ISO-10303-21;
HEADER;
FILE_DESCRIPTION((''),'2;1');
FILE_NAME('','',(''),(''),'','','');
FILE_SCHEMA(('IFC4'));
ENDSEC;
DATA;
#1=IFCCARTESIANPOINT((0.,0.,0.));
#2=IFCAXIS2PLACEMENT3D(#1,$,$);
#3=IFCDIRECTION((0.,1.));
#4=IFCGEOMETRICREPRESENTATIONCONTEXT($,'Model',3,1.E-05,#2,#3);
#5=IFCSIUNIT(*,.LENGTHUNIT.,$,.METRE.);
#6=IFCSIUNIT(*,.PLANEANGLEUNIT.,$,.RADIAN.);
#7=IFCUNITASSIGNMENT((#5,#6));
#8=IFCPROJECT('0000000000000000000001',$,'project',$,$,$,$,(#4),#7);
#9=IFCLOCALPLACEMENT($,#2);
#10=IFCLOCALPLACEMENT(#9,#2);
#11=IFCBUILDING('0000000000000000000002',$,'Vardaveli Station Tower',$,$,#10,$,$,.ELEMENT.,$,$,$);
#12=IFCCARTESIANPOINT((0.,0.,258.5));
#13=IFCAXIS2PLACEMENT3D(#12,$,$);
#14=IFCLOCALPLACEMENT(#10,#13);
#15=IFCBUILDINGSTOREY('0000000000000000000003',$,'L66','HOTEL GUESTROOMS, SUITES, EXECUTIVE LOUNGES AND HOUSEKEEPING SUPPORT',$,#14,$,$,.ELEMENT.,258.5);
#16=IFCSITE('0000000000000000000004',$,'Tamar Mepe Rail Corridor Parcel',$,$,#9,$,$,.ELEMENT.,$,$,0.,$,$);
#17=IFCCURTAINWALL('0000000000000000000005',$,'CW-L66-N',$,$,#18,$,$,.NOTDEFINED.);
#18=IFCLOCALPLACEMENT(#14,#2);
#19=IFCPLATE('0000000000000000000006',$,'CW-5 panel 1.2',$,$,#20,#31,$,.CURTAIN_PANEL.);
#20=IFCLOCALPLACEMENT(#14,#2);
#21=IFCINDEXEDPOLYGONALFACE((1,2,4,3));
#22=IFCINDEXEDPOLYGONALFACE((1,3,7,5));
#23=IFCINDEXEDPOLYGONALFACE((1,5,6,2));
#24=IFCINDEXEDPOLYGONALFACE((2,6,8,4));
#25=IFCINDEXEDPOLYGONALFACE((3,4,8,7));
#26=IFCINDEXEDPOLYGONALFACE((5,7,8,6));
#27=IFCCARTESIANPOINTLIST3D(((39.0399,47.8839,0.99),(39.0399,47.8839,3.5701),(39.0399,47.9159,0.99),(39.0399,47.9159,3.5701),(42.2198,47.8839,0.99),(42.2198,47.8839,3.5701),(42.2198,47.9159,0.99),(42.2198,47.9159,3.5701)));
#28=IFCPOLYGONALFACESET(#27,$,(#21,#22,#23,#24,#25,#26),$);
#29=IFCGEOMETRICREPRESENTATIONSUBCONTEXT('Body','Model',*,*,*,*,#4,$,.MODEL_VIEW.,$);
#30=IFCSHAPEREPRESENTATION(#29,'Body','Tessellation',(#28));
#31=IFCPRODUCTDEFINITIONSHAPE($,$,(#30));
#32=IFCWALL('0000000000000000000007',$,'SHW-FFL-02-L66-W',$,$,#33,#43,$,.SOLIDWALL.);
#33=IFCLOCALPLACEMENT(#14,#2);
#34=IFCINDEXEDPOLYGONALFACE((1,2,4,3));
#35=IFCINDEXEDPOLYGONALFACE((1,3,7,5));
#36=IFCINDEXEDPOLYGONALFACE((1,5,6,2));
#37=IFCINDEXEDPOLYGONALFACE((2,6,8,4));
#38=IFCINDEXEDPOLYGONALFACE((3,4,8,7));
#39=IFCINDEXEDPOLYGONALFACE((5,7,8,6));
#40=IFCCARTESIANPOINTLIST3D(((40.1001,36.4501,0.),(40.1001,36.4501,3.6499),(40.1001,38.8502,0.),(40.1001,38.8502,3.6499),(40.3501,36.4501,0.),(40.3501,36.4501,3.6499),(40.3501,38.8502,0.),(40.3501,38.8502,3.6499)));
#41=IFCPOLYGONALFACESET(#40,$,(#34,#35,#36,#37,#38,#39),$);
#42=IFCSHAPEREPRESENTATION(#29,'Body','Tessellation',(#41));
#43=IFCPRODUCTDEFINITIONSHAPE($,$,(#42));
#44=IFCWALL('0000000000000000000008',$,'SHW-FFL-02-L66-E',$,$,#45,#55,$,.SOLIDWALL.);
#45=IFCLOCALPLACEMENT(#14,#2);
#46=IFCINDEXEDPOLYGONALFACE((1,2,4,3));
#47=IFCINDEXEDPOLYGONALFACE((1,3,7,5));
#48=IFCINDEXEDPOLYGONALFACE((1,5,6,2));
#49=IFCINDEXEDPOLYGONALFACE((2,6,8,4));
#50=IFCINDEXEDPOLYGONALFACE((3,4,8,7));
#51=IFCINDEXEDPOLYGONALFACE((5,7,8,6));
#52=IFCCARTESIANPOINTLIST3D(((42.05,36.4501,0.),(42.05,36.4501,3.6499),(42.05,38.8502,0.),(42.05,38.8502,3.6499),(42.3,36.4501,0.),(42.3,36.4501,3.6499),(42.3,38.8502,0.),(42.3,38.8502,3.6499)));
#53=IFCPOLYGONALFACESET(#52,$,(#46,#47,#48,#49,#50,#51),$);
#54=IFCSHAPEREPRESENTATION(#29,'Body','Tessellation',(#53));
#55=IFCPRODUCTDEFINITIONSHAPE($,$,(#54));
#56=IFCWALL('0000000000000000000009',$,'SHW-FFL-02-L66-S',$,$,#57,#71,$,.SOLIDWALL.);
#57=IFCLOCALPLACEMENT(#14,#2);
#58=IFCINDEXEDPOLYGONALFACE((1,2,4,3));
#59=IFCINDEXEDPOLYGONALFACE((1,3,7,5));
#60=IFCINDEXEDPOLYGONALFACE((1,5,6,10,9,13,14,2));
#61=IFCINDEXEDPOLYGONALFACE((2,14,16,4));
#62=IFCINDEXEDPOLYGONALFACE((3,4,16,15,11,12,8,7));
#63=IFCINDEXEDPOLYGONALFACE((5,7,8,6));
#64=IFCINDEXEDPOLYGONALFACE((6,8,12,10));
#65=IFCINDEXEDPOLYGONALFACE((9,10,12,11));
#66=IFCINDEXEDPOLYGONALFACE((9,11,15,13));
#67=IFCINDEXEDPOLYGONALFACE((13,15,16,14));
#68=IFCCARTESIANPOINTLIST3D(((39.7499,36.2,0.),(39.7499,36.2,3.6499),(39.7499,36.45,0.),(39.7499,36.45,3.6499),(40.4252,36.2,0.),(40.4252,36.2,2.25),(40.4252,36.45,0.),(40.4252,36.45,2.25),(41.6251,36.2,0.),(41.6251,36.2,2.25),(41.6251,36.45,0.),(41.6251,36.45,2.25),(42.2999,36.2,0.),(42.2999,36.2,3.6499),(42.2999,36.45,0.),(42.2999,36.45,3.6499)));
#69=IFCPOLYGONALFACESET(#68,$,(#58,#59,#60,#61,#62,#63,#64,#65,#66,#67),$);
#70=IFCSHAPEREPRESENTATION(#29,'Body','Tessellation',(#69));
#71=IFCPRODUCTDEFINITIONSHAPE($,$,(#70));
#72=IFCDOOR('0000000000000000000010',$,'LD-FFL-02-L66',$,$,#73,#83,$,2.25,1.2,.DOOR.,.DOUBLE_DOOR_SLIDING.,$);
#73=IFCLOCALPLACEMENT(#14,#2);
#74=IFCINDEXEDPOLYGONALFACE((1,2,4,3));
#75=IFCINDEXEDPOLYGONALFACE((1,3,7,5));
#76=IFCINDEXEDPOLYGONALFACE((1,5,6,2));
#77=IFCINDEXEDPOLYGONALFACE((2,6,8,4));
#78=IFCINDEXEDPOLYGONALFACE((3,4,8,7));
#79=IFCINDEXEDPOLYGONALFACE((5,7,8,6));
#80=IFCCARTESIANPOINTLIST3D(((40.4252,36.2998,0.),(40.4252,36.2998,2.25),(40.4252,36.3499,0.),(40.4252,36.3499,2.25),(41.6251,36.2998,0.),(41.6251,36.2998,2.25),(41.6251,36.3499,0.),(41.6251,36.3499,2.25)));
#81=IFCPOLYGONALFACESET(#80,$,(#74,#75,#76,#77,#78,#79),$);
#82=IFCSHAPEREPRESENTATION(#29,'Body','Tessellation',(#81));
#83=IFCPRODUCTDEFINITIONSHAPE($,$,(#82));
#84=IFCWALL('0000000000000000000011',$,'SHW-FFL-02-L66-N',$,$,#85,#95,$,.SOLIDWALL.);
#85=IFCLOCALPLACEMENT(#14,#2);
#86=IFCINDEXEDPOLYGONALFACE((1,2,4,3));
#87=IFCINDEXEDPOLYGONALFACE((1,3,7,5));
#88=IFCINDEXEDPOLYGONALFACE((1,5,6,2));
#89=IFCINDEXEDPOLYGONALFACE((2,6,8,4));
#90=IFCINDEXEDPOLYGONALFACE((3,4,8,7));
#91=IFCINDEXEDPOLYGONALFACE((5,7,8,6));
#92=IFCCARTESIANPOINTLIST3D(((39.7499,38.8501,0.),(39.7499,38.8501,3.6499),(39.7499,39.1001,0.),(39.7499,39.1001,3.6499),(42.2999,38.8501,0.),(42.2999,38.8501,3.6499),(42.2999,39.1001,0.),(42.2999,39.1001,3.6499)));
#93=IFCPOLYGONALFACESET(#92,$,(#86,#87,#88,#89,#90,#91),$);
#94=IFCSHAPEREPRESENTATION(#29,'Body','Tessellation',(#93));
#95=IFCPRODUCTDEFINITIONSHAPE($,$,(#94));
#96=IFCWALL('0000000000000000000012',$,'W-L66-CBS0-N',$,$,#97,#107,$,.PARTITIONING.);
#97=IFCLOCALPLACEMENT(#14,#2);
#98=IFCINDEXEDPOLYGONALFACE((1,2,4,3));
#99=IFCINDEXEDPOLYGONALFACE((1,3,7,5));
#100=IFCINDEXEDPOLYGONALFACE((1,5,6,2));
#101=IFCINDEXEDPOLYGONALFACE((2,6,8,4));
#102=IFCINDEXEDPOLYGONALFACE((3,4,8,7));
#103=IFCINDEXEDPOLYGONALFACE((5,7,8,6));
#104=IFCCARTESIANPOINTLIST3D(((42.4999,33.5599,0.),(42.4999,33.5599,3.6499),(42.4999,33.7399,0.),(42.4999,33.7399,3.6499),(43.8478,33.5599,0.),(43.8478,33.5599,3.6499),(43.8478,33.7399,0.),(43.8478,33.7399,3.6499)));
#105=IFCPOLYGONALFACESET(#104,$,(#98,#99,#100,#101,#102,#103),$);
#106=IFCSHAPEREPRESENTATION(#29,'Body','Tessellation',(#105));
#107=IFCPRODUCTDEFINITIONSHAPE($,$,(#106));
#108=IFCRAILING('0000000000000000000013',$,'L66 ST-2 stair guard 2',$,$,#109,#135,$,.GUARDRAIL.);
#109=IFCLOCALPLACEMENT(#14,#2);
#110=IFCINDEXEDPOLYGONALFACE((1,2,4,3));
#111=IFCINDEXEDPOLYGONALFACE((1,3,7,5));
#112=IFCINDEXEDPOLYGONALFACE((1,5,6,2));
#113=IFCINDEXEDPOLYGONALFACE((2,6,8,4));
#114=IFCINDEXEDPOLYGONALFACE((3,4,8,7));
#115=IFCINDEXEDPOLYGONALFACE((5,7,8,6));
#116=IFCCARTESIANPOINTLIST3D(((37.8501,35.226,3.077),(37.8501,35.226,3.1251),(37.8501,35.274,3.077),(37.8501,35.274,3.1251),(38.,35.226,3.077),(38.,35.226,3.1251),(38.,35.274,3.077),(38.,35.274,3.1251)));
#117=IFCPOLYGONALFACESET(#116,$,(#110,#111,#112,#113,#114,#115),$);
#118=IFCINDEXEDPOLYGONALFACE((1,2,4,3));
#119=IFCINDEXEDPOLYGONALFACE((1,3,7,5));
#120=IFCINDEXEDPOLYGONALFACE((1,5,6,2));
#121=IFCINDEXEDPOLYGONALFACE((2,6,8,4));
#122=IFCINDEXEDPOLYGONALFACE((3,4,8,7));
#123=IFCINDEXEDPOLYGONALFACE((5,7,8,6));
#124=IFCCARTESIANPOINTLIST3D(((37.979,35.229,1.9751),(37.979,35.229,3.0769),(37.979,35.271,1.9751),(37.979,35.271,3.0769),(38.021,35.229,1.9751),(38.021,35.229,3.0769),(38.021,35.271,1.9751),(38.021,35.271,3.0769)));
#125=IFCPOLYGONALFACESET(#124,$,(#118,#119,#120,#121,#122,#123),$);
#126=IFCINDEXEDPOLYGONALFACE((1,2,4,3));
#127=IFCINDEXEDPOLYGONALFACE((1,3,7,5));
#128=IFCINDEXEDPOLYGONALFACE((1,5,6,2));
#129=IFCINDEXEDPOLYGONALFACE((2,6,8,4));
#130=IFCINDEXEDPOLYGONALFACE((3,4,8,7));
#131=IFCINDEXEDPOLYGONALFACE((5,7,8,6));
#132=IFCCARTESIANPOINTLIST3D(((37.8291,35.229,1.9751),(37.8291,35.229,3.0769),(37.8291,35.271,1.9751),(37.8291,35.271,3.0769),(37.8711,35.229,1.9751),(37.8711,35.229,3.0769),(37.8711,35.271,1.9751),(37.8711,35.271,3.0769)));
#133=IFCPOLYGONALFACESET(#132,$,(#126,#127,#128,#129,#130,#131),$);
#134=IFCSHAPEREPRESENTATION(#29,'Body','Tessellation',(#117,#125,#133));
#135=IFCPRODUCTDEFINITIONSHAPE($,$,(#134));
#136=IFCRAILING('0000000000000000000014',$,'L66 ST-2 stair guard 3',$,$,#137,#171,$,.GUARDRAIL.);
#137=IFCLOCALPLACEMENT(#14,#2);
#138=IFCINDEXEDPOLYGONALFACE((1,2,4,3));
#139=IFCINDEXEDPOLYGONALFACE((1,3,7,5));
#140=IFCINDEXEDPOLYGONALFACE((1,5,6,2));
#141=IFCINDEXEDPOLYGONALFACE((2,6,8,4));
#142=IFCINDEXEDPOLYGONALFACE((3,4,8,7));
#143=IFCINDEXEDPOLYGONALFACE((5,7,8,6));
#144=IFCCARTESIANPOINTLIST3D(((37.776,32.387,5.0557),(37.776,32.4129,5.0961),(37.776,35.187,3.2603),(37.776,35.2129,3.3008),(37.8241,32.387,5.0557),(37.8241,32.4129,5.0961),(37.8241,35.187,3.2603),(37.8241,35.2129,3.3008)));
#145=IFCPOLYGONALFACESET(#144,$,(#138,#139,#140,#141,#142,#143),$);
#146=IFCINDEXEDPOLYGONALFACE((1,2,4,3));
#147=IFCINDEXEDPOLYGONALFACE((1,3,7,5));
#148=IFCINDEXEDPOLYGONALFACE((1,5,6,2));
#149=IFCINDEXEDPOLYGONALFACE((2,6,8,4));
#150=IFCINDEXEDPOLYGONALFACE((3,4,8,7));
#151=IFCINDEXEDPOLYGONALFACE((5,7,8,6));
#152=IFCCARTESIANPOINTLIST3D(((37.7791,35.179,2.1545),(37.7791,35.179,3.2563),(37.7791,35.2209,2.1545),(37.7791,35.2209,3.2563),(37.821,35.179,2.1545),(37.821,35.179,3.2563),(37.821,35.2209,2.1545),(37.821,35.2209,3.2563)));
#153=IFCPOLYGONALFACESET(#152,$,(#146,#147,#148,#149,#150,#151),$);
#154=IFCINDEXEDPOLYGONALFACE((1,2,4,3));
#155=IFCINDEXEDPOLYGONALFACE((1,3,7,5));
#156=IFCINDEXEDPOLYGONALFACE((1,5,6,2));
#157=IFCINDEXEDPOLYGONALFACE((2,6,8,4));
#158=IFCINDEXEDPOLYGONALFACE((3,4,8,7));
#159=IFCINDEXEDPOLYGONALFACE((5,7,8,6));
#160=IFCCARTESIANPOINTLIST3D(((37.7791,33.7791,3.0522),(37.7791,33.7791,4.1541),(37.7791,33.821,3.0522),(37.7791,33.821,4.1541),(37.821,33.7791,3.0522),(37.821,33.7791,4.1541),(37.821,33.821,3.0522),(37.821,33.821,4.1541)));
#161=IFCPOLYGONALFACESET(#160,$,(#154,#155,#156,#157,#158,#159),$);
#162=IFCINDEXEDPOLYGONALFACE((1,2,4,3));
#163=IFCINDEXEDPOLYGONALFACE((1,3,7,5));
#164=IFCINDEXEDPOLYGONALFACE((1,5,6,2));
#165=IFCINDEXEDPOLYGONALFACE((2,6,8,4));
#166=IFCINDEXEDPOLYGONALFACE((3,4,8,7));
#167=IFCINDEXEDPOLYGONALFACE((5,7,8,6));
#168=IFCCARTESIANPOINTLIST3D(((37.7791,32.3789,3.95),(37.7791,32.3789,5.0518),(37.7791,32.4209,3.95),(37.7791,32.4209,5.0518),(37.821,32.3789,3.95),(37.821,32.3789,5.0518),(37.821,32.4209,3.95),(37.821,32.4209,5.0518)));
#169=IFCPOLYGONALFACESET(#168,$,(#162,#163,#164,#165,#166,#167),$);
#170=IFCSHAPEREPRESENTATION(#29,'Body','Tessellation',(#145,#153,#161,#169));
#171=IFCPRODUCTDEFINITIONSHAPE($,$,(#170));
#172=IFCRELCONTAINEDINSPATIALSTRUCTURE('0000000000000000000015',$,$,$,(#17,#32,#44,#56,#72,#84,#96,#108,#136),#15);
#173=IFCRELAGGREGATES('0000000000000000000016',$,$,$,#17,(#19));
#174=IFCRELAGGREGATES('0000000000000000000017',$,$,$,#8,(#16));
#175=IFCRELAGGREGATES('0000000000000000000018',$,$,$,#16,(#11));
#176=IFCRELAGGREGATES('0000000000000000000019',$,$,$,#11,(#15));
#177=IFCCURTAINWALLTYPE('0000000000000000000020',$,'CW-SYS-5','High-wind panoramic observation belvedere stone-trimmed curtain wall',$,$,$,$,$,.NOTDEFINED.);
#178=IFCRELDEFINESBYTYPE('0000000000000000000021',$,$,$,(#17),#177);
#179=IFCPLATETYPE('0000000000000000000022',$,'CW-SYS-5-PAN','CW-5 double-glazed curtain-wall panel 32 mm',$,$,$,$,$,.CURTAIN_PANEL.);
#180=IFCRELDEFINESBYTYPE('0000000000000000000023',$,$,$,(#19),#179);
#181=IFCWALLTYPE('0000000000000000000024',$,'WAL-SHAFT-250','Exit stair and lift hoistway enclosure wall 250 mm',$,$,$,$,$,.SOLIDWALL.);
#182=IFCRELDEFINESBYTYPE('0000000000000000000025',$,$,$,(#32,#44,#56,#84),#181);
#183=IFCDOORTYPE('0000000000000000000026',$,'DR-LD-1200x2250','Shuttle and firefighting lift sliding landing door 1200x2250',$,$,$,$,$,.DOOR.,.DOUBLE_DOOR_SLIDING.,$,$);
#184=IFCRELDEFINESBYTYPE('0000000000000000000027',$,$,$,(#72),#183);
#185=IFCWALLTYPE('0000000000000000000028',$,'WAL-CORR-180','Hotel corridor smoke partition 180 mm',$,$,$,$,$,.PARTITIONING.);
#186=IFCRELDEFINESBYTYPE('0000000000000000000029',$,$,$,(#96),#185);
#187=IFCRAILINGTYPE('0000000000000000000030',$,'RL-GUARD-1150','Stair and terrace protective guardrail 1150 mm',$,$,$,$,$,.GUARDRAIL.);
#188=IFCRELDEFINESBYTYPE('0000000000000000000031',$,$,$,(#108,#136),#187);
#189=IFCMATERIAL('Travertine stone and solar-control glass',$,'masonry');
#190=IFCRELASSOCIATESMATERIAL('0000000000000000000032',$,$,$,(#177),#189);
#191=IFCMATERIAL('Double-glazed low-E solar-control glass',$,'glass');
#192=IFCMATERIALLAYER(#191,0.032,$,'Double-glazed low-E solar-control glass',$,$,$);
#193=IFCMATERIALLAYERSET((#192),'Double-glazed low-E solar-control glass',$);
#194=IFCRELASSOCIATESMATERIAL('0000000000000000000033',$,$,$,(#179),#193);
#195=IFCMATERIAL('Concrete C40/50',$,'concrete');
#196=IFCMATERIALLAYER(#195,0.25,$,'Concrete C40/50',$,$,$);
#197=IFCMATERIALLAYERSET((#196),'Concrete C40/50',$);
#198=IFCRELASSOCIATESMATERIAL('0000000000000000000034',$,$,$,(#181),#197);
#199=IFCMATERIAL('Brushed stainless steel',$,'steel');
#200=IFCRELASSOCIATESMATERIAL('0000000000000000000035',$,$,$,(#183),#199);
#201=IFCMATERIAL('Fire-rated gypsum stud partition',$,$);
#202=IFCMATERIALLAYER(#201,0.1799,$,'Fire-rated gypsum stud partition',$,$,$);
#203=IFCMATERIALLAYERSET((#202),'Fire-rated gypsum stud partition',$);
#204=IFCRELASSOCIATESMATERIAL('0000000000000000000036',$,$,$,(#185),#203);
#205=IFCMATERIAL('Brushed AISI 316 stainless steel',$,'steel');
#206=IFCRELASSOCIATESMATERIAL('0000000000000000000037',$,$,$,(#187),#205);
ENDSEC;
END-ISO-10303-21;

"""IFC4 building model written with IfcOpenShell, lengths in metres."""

from ifc_helpers import new_model, si_unit, direction, frame, frame_2d, origin, origin_2d, place, context, subcontext, project, spatial, rectangle, extrude, source, transform, mapped, material, layer, layer_set, type_object, element, fill, aggregate, save


model = new_model("IFC4")

# Units and contexts
model_context = context("Model", 3, precision=1e-05, world=origin(), true_north=direction((0.0, 1.0)))
body_context = subcontext(model_context, "Body", "Model", "MODEL_VIEW")
ifc_project = project(units=[si_unit("LENGTHUNIT", "METRE"), si_unit("PLANEANGLEUNIT", "RADIAN")], contexts=[model_context])

# Site, building, storey
site_placement = place(None, origin())
site = spatial("IfcSite", under=ifc_project, at=site_placement, Name="Tamar Mepe Rail Corridor Parcel", CompositionType="ELEMENT", RefElevation=0.0)
building_placement = place(site_placement, origin())
building = spatial("IfcBuilding", under=site, at=building_placement, Name="Vardaveli Station Tower", CompositionType="ELEMENT")
storey_placement = place(building_placement, frame((0.0, 0.0, 258.5)))
storey = spatial("IfcBuildingStorey", under=building, at=storey_placement, Name="L66", Description="HOTEL GUESTROOMS, SUITES, EXECUTIVE LOUNGES AND HOUSEKEEPING SUPPORT", CompositionType="ELEMENT", Elevation=258.5)

# Curtain wall, plate
ifc_material_1 = material(Name="Travertine stone and solar-control glass", Category="masonry")
curtain_wall_type = type_object("IfcCurtainWallType", Name="CW-SYS-5", Description="High-wind panoramic observation belvedere stone-trimmed curtain wall", PredefinedType="NOTDEFINED", material=ifc_material_1)
curtain_wall_placement = place(storey_placement, origin())
curtain_wall = element("IfcCurtainWall", 1, at=curtain_wall_placement, inside=storey, type_object=curtain_wall_type, Name="CW-L66-N", PredefinedType="NOTDEFINED")
ifc_material_2 = material(Name="Double-glazed low-E solar-control glass", Category="glass")
ifc_layer_1 = layer(ifc_material_2, 0.032, Name="Double-glazed low-E solar-control glass")
ifc_layer_set_1 = layer_set([ifc_layer_1], Name="Double-glazed low-E solar-control glass")
plate_type = type_object("IfcPlateType", Name="CW-SYS-5-PAN", Description="CW-5 double-glazed curtain-wall panel 32 mm", PredefinedType="CURTAIN_PANEL", material=ifc_layer_set_1)
shared_shape_1 = source(origin(), body_context, "Body", "SweptSolid", [
    extrude(rectangle(XDim=3.1799, YDim=0.032, at=origin_2d()), origin(), (0.0, 0.0, 1.0), 2.5801),
])
plate_1_placement = place(storey_placement, frame((40.6299, 47.8999, 0.99), z_axis=(0.0, 0.0, 1.0), x_axis=(-1.0, 0.0, 0.0)))
plate_1 = element("IfcPlate", 2, at=plate_1_placement, type_object=plate_type, Name="CW-5 panel 1.2", PredefinedType="CURTAIN_PANEL", context=body_context, shape_type="MappedRepresentation", body=[
    mapped(shared_shape_1, transform((0.0, 0.0, 0.0), scale=1.0)),
])
aggregate(curtain_wall, [plate_1])

# Walls
ifc_material_3 = material(Name="Concrete C40/50", Category="concrete")
ifc_layer_2 = layer(ifc_material_3, 0.25, Name="Concrete C40/50")
ifc_layer_set_2 = layer_set([ifc_layer_2], Name="Concrete C40/50")
wall_type_1 = type_object("IfcWallType", Name="WAL-SHAFT-250", Description="Exit stair and lift hoistway enclosure wall 250 mm", PredefinedType="SOLIDWALL", material=ifc_layer_set_2)
shared_shape_2 = source(origin(), body_context, "Body", "SweptSolid", [
    extrude(rectangle(XDim=2.4001, YDim=0.25, at=frame_2d((1.2002, 0.0))), origin(), (0.0, 0.0, 1.0), 3.6499),
])
for number, where, z_axis, x_axis, name in (
    (3, (40.2251, 36.45, 0.0), (0.0, 0.0, 1.0), (0.0, 1.0, 0.0), "SHW-FFL-02-L66-W"),
    (4, (42.175, 36.45, 0.0), (0.0, 0.0, 1.0), (0.0, 1.0, 0.0), "SHW-FFL-02-L66-E"),
):
    element("IfcWall", number, at=place(storey_placement, frame(where, z_axis=z_axis, x_axis=x_axis)), inside=storey, type_object=wall_type_1, Name=name, PredefinedType="SOLIDWALL", context=body_context, shape_type="MappedRepresentation", body=[
        mapped(shared_shape_2, transform((0.0, 0.0, 0.0), scale=1.0)),
    ])

# Wall, opening, door
shared_shape_3 = source(origin(), body_context, "Body", "SweptSolid", [
    extrude(rectangle(XDim=2.55, YDim=0.25, at=frame_2d((1.2749, 0.0))), origin(), (0.0, 0.0, 1.0), 3.6499),
])
wall_1_placement = place(storey_placement, frame((39.75, 36.325, 0.0), z_axis=(0.0, 0.0, 1.0), x_axis=(1.0, 0.0, 0.0)))
wall_1 = element("IfcWall", 5, at=wall_1_placement, inside=storey, type_object=wall_type_1, Name="SHW-FFL-02-L66-S", PredefinedType="SOLIDWALL", context=body_context, shape_type="MappedRepresentation", body=[
    mapped(shared_shape_3, transform((0.0, 0.0, 0.0), scale=1.0)),
])
shared_shape_4 = source(origin(), body_context, "Body", "SweptSolid", [
    extrude(rectangle(XDim=1.2, YDim=2.25, at=frame_2d((0.6001, 1.125))), frame((0.0, 0.135, 0.0), z_axis=(0.0, -1.0, 0.0), x_axis=(1.0, 0.0, 0.0)), (0.0, 0.0, 1.0), 0.27),
])
opening_placement = place(wall_1_placement, frame((0.675, 0.0, 0.0)))
opening = element("IfcOpeningElement", 6, at=opening_placement, cuts=wall_1, PredefinedType="OPENING", context=body_context, shape_type="MappedRepresentation", body=[
    mapped(shared_shape_4, transform((0.0, 0.0, 0.0), scale=1.0)),
])
ifc_material_4 = material(Name="Brushed stainless steel", Category="steel")
door_type = type_object("IfcDoorType", Name="DR-LD-1200x2250", Description="Shuttle and firefighting lift sliding landing door 1200x2250", OperationType="DOUBLE_DOOR_SLIDING", PredefinedType="DOOR", material=ifc_material_4)
shared_shape_5 = source(origin(), body_context, "Body", "SweptSolid", [
    extrude(rectangle(XDim=1.2, YDim=2.25, at=frame_2d((0.6001, 1.125))), frame((0.0, 0.0249, 0.0), z_axis=(0.0, -1.0, 0.0), x_axis=(1.0, 0.0, 0.0)), (0.0, 0.0, 1.0), 0.05),
])
door_placement = place(opening_placement, origin())
door = element("IfcDoor", 7, at=door_placement, inside=storey, type_object=door_type, Name="LD-FFL-02-L66", OperationType="DOUBLE_DOOR_SLIDING", OverallHeight=2.25, OverallWidth=1.2, PredefinedType="DOOR", context=body_context, shape_type="MappedRepresentation", body=[
    mapped(shared_shape_5, transform((0.0, 0.0, 0.0), scale=1.0)),
])
fill(opening, door)

# Walls
wall_2_placement = place(storey_placement, frame((39.75, 38.9751, 0.0), z_axis=(0.0, 0.0, 1.0), x_axis=(1.0, 0.0, 0.0)))
element("IfcWall", 8, at=wall_2_placement, inside=storey, type_object=wall_type_1, Name="SHW-FFL-02-L66-N", PredefinedType="SOLIDWALL", context=body_context, shape_type="MappedRepresentation", body=[
    mapped(shared_shape_3, transform((0.0, 0.0, 0.0), scale=1.0)),
])
ifc_material_5 = material(Name="Fire-rated gypsum stud partition")
ifc_layer_3 = layer(ifc_material_5, 0.1799, Name="Fire-rated gypsum stud partition")
ifc_layer_set_3 = layer_set([ifc_layer_3], Name="Fire-rated gypsum stud partition")
wall_type_2 = type_object("IfcWallType", Name="WAL-CORR-180", Description="Hotel corridor smoke partition 180 mm", PredefinedType="PARTITIONING", material=ifc_layer_set_3)
shared_shape_6 = source(origin(), body_context, "Body", "SweptSolid", [
    extrude(rectangle(XDim=1.3479, YDim=0.1799, at=frame_2d((0.6738, 0.0))), origin(), (0.0, 0.0, 1.0), 3.6499),
])
wall_3_placement = place(storey_placement, frame((42.5, 33.6499, 0.0), z_axis=(0.0, 0.0, 1.0), x_axis=(1.0, 0.0, 0.0)))
element("IfcWall", 9, at=wall_3_placement, inside=storey, type_object=wall_type_2, Name="W-L66-CBS0-N", PredefinedType="PARTITIONING", context=body_context, shape_type="MappedRepresentation", body=[
    mapped(shared_shape_6, transform((0.0, 0.0, 0.0), scale=1.0)),
])

# Railings
ifc_material_6 = material(Name="Brushed AISI 316 stainless steel", Category="steel")
railing_type_1 = type_object("IfcRailingType", Name="RL-GUARD-1150", Description="Stair and terrace protective guardrail 1150 mm", PredefinedType="GUARDRAIL", material=ifc_material_6)
shared_shape_7 = source(origin(), body_context, "Body", "SweptSolid", [
    extrude(rectangle(XDim=0.0481, YDim=0.0481, at=origin_2d()), frame((0.0, 0.0, 1.126), z_axis=(-1.0, 0.0, 0.0), x_axis=(0.0, -1.0, 0.0)), (0.0, 0.0, 1.0), 0.1499),
    extrude(rectangle(XDim=0.042, YDim=0.042, at=origin_2d()), origin(), (0.0, 0.0, 1.0), 1.1018),
    extrude(rectangle(XDim=0.042, YDim=0.042, at=origin_2d()), frame((-0.1499, 0.0, 0.0)), (0.0, 0.0, 1.0), 1.1018),
])
railing_1_placement = place(storey_placement, frame((38.0, 35.25, 1.9751)))
element("IfcRailing", 10, at=railing_1_placement, inside=storey, type_object=railing_type_1, Name="L66 ST-2 stair guard 2", PredefinedType="GUARDRAIL", context=body_context, shape_type="MappedRepresentation", body=[
    mapped(shared_shape_7, transform((0.0, 0.0, 0.0), scale=1.0)),
])
shared_shape_8 = source(origin(), body_context, "Body", "SweptSolid", [
    extrude(rectangle(XDim=0.0481, YDim=0.0481, at=origin_2d()), frame((0.0, 0.0, 1.126), z_axis=(0.0, -0.84181, 0.539774), x_axis=(1.0, 0.0, 0.0)), (0.0, 0.0, 1.0), 3.3262),
    extrude(rectangle(XDim=0.042, YDim=0.042, at=origin_2d()), origin(), (0.0, 0.0, 1.0), 1.1018),
    extrude(rectangle(XDim=0.042, YDim=0.042, at=origin_2d()), frame((0.0, -1.3999, 0.8977)), (0.0, 0.0, 1.0), 1.1018),
    extrude(rectangle(XDim=0.042, YDim=0.042, at=origin_2d()), frame((0.0, -2.8, 1.7954)), (0.0, 0.0, 1.0), 1.1018),
])
railing_2_placement = place(storey_placement, frame((37.8, 35.2, 2.1545)))
element("IfcRailing", 11, at=railing_2_placement, inside=storey, type_object=railing_type_1, Name="L66 ST-2 stair guard 3", PredefinedType="GUARDRAIL", context=body_context, shape_type="MappedRepresentation", body=[
    mapped(shared_shape_8, transform((0.0, 0.0, 0.0), scale=1.0)),
])

save(model, "model.ifc")
